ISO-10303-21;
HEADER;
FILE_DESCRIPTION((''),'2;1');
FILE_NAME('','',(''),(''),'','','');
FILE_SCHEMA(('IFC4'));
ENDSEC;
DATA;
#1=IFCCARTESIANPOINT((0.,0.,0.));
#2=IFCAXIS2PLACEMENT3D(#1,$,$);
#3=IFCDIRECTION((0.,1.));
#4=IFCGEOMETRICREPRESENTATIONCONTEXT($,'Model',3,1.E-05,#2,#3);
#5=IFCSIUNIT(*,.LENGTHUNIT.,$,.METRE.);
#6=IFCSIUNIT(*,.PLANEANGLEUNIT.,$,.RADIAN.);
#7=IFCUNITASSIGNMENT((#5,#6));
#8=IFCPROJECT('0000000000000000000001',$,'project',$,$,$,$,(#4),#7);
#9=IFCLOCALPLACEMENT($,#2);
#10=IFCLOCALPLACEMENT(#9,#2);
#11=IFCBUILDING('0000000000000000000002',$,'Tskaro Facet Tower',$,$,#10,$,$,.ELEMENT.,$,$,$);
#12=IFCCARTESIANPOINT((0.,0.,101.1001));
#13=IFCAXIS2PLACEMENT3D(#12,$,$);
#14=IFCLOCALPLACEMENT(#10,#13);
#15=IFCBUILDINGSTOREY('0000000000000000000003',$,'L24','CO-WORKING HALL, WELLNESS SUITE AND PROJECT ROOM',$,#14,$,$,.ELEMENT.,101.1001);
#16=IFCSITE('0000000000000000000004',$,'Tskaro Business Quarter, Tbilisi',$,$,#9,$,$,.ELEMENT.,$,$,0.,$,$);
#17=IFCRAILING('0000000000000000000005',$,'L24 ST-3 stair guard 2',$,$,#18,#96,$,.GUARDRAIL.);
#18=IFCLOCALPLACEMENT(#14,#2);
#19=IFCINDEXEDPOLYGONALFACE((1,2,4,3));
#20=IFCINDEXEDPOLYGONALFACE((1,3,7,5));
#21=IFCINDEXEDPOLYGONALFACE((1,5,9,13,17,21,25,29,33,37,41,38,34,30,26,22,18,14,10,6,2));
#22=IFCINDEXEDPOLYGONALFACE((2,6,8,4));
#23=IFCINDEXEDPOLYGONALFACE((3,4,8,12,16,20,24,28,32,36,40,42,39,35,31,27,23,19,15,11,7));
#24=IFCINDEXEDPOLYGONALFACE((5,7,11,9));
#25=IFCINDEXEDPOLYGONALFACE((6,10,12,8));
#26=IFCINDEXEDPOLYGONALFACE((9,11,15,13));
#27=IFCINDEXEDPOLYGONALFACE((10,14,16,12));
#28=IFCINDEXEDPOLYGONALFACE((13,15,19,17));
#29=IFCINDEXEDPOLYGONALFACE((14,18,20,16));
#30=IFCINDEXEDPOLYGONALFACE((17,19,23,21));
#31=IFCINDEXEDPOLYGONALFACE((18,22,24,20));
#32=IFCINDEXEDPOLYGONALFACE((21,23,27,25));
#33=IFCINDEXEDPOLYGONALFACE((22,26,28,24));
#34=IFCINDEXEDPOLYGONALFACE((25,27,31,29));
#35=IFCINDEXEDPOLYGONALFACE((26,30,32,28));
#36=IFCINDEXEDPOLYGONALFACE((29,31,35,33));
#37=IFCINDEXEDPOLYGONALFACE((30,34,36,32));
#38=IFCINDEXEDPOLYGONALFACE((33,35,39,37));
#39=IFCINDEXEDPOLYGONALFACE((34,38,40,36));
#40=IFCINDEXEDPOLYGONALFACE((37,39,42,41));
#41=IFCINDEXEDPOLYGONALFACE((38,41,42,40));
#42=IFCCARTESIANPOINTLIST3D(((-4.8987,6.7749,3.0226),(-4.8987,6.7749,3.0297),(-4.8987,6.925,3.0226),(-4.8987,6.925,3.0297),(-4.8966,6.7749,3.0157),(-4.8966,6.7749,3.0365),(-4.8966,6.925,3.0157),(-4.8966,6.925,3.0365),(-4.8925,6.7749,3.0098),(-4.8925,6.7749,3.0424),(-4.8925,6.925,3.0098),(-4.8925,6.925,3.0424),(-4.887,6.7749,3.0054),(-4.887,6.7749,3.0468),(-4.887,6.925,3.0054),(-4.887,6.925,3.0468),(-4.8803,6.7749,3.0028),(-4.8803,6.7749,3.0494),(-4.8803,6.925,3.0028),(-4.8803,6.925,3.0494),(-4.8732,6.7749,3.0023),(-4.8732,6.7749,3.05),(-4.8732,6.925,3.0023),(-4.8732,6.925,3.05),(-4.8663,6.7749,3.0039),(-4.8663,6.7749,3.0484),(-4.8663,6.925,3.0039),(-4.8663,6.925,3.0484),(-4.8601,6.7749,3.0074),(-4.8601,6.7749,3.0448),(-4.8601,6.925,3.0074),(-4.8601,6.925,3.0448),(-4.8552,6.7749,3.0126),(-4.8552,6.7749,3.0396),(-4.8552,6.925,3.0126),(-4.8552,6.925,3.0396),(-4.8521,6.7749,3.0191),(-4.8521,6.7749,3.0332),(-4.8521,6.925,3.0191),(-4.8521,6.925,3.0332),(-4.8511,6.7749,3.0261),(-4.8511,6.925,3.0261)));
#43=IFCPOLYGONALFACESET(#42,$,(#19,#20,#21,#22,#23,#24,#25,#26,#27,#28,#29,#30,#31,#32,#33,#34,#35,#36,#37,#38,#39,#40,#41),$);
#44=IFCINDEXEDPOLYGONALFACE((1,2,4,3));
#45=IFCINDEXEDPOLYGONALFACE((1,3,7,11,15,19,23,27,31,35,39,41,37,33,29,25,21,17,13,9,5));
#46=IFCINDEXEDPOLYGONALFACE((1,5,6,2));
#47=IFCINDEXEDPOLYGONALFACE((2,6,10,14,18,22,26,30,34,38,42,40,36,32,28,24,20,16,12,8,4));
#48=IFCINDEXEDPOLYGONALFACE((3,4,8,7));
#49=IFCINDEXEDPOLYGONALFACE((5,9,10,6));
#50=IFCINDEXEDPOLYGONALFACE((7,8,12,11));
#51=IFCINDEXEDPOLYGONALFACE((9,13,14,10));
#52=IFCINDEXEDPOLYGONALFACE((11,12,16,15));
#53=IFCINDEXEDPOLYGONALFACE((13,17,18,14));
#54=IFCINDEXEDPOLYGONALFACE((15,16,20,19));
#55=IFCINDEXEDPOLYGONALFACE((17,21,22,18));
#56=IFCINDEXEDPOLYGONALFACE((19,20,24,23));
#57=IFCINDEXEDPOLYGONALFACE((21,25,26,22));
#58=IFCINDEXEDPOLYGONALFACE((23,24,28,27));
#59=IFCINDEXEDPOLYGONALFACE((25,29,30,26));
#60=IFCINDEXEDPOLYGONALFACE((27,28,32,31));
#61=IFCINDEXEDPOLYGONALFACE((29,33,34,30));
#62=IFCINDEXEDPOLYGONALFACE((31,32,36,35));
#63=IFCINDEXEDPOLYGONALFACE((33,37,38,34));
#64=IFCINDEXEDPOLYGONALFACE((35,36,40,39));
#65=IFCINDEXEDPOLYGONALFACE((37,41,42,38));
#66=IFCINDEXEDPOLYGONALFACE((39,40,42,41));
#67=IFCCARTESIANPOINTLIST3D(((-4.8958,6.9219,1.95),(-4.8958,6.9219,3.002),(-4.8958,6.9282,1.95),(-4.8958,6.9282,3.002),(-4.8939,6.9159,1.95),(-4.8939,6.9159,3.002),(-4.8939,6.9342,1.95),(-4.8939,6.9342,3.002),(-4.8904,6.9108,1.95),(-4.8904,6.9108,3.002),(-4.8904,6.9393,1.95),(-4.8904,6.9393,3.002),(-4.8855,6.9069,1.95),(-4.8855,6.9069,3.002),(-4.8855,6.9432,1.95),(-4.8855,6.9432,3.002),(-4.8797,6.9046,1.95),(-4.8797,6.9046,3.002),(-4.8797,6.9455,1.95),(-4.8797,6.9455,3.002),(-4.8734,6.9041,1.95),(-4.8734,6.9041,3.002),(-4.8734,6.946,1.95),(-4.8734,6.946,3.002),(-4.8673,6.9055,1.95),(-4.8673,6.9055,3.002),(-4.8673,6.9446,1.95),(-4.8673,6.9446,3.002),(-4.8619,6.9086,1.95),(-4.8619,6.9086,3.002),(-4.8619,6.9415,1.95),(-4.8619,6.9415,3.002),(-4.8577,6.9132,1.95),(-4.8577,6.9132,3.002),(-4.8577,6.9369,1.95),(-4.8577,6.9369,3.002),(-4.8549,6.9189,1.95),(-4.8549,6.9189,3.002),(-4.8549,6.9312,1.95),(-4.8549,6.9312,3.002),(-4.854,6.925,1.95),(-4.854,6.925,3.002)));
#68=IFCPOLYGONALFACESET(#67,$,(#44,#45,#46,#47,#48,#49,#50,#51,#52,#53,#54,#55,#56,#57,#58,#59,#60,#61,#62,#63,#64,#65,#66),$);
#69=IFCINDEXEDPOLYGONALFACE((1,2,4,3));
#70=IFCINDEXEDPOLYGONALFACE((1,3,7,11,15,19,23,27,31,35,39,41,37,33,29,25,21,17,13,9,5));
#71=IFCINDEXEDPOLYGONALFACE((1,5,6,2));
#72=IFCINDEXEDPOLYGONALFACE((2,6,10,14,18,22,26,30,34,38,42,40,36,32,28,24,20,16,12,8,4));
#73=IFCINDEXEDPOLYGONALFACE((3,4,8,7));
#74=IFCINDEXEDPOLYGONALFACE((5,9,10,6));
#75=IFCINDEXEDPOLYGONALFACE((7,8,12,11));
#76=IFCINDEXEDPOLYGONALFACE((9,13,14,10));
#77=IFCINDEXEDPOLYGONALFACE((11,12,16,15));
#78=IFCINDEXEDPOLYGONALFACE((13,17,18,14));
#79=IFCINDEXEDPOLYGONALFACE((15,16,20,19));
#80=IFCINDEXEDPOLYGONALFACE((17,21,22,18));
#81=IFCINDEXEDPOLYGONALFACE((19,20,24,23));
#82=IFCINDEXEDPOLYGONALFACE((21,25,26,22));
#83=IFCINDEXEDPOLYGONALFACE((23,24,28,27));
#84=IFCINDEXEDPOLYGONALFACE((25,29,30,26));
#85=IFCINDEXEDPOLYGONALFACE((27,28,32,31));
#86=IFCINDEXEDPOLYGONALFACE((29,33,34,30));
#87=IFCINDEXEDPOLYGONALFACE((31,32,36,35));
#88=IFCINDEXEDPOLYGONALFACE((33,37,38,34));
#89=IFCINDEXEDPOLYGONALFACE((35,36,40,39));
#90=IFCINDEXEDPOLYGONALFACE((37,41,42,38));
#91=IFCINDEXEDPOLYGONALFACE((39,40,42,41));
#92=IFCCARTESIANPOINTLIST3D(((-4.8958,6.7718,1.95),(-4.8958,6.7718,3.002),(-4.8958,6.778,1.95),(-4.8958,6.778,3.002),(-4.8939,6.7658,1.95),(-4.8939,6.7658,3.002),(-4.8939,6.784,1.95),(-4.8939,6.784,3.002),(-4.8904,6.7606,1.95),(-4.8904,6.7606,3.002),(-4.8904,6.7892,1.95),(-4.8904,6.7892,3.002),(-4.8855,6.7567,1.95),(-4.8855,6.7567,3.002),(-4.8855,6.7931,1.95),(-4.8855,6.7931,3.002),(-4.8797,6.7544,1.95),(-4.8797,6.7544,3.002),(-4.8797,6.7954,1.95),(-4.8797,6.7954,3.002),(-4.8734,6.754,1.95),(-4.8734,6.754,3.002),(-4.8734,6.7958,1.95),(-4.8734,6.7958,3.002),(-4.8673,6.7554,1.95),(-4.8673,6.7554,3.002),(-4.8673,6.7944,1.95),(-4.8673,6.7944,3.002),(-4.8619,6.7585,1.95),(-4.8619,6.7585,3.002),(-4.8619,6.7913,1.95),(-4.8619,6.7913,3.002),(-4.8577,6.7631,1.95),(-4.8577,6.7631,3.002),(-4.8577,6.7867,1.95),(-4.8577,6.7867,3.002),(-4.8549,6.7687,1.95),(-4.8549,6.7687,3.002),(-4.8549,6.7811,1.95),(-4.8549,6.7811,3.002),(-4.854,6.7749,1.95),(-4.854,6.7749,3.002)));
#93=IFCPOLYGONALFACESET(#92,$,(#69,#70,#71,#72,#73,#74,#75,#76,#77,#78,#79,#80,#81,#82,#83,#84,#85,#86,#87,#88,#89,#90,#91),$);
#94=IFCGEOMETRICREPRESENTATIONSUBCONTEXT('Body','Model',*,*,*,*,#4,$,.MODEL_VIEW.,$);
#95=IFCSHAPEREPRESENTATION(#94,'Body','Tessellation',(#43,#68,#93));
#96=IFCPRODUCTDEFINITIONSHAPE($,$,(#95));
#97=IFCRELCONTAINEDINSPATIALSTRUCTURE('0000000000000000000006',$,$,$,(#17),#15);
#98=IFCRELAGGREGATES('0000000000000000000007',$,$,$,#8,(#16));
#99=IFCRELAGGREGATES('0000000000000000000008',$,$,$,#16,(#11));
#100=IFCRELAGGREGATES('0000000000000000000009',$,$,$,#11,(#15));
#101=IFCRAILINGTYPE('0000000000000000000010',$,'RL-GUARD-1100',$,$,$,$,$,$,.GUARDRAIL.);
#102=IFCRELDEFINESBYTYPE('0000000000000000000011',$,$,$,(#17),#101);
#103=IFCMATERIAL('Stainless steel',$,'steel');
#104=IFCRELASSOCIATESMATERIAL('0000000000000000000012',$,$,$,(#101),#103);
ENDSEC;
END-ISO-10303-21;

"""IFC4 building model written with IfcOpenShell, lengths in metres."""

from ifc_helpers import new_model, si_unit, direction, frame, origin, origin_2d, place, context, subcontext, project, spatial, circle, extrude, material, type_object, element, save


model = new_model("IFC4")

# Units and contexts
model_context = context("Model", 3, precision=1e-05, world=origin(), true_north=direction((0.0, 1.0)))
body_context = subcontext(model_context, "Body", "Model", "MODEL_VIEW")
ifc_project = project(units=[si_unit("LENGTHUNIT", "METRE"), si_unit("PLANEANGLEUNIT", "RADIAN")], contexts=[model_context])

# Site, building, storey
site_placement = place(None, origin())
site = spatial("IfcSite", under=ifc_project, at=site_placement, Name="Tskaro Business Quarter, Tbilisi", CompositionType="ELEMENT", RefElevation=0.0)
building_placement = place(site_placement, origin())
building = spatial("IfcBuilding", under=site, at=building_placement, Name="Tskaro Facet Tower", CompositionType="ELEMENT")
storey_placement = place(building_placement, frame((0.0, 0.0, 101.1001)))
storey = spatial("IfcBuildingStorey", under=building, at=storey_placement, Name="L24", Description="CO-WORKING HALL, WELLNESS SUITE AND PROJECT ROOM", CompositionType="ELEMENT", Elevation=101.1001)

# Railing
ifc_material_1 = material(Name="Stainless steel", Category="steel")
railing_type_1 = type_object("IfcRailingType", Name="RL-GUARD-1100", PredefinedType="GUARDRAIL", material=ifc_material_1)
railing_1_placement = place(storey_placement, frame((-4.875, 6.925, 1.95)))
element("IfcRailing", 1, at=railing_1_placement, inside=storey, type_object=railing_type_1, Name="L24 ST-3 stair guard 2", PredefinedType="GUARDRAIL", context=body_context, shape_type="SweptSolid", body=[
    extrude(circle(Radius=0.0239, at=origin_2d()), frame((0.0, 0.0, 1.0762), z_axis=(0.0, -1.0, 0.0), x_axis=(1.0, 0.0, 0.0)), (0.0, 0.0, 1.0), 0.1501),
    extrude(circle(Radius=0.021, at=origin_2d()), origin(), (0.0, 0.0, 1.0), 1.052),
    extrude(circle(Radius=0.021, at=origin_2d()), frame((0.0, -0.1501, 0.0)), (0.0, 0.0, 1.0), 1.052),
])

save(model, "model.ifc")
